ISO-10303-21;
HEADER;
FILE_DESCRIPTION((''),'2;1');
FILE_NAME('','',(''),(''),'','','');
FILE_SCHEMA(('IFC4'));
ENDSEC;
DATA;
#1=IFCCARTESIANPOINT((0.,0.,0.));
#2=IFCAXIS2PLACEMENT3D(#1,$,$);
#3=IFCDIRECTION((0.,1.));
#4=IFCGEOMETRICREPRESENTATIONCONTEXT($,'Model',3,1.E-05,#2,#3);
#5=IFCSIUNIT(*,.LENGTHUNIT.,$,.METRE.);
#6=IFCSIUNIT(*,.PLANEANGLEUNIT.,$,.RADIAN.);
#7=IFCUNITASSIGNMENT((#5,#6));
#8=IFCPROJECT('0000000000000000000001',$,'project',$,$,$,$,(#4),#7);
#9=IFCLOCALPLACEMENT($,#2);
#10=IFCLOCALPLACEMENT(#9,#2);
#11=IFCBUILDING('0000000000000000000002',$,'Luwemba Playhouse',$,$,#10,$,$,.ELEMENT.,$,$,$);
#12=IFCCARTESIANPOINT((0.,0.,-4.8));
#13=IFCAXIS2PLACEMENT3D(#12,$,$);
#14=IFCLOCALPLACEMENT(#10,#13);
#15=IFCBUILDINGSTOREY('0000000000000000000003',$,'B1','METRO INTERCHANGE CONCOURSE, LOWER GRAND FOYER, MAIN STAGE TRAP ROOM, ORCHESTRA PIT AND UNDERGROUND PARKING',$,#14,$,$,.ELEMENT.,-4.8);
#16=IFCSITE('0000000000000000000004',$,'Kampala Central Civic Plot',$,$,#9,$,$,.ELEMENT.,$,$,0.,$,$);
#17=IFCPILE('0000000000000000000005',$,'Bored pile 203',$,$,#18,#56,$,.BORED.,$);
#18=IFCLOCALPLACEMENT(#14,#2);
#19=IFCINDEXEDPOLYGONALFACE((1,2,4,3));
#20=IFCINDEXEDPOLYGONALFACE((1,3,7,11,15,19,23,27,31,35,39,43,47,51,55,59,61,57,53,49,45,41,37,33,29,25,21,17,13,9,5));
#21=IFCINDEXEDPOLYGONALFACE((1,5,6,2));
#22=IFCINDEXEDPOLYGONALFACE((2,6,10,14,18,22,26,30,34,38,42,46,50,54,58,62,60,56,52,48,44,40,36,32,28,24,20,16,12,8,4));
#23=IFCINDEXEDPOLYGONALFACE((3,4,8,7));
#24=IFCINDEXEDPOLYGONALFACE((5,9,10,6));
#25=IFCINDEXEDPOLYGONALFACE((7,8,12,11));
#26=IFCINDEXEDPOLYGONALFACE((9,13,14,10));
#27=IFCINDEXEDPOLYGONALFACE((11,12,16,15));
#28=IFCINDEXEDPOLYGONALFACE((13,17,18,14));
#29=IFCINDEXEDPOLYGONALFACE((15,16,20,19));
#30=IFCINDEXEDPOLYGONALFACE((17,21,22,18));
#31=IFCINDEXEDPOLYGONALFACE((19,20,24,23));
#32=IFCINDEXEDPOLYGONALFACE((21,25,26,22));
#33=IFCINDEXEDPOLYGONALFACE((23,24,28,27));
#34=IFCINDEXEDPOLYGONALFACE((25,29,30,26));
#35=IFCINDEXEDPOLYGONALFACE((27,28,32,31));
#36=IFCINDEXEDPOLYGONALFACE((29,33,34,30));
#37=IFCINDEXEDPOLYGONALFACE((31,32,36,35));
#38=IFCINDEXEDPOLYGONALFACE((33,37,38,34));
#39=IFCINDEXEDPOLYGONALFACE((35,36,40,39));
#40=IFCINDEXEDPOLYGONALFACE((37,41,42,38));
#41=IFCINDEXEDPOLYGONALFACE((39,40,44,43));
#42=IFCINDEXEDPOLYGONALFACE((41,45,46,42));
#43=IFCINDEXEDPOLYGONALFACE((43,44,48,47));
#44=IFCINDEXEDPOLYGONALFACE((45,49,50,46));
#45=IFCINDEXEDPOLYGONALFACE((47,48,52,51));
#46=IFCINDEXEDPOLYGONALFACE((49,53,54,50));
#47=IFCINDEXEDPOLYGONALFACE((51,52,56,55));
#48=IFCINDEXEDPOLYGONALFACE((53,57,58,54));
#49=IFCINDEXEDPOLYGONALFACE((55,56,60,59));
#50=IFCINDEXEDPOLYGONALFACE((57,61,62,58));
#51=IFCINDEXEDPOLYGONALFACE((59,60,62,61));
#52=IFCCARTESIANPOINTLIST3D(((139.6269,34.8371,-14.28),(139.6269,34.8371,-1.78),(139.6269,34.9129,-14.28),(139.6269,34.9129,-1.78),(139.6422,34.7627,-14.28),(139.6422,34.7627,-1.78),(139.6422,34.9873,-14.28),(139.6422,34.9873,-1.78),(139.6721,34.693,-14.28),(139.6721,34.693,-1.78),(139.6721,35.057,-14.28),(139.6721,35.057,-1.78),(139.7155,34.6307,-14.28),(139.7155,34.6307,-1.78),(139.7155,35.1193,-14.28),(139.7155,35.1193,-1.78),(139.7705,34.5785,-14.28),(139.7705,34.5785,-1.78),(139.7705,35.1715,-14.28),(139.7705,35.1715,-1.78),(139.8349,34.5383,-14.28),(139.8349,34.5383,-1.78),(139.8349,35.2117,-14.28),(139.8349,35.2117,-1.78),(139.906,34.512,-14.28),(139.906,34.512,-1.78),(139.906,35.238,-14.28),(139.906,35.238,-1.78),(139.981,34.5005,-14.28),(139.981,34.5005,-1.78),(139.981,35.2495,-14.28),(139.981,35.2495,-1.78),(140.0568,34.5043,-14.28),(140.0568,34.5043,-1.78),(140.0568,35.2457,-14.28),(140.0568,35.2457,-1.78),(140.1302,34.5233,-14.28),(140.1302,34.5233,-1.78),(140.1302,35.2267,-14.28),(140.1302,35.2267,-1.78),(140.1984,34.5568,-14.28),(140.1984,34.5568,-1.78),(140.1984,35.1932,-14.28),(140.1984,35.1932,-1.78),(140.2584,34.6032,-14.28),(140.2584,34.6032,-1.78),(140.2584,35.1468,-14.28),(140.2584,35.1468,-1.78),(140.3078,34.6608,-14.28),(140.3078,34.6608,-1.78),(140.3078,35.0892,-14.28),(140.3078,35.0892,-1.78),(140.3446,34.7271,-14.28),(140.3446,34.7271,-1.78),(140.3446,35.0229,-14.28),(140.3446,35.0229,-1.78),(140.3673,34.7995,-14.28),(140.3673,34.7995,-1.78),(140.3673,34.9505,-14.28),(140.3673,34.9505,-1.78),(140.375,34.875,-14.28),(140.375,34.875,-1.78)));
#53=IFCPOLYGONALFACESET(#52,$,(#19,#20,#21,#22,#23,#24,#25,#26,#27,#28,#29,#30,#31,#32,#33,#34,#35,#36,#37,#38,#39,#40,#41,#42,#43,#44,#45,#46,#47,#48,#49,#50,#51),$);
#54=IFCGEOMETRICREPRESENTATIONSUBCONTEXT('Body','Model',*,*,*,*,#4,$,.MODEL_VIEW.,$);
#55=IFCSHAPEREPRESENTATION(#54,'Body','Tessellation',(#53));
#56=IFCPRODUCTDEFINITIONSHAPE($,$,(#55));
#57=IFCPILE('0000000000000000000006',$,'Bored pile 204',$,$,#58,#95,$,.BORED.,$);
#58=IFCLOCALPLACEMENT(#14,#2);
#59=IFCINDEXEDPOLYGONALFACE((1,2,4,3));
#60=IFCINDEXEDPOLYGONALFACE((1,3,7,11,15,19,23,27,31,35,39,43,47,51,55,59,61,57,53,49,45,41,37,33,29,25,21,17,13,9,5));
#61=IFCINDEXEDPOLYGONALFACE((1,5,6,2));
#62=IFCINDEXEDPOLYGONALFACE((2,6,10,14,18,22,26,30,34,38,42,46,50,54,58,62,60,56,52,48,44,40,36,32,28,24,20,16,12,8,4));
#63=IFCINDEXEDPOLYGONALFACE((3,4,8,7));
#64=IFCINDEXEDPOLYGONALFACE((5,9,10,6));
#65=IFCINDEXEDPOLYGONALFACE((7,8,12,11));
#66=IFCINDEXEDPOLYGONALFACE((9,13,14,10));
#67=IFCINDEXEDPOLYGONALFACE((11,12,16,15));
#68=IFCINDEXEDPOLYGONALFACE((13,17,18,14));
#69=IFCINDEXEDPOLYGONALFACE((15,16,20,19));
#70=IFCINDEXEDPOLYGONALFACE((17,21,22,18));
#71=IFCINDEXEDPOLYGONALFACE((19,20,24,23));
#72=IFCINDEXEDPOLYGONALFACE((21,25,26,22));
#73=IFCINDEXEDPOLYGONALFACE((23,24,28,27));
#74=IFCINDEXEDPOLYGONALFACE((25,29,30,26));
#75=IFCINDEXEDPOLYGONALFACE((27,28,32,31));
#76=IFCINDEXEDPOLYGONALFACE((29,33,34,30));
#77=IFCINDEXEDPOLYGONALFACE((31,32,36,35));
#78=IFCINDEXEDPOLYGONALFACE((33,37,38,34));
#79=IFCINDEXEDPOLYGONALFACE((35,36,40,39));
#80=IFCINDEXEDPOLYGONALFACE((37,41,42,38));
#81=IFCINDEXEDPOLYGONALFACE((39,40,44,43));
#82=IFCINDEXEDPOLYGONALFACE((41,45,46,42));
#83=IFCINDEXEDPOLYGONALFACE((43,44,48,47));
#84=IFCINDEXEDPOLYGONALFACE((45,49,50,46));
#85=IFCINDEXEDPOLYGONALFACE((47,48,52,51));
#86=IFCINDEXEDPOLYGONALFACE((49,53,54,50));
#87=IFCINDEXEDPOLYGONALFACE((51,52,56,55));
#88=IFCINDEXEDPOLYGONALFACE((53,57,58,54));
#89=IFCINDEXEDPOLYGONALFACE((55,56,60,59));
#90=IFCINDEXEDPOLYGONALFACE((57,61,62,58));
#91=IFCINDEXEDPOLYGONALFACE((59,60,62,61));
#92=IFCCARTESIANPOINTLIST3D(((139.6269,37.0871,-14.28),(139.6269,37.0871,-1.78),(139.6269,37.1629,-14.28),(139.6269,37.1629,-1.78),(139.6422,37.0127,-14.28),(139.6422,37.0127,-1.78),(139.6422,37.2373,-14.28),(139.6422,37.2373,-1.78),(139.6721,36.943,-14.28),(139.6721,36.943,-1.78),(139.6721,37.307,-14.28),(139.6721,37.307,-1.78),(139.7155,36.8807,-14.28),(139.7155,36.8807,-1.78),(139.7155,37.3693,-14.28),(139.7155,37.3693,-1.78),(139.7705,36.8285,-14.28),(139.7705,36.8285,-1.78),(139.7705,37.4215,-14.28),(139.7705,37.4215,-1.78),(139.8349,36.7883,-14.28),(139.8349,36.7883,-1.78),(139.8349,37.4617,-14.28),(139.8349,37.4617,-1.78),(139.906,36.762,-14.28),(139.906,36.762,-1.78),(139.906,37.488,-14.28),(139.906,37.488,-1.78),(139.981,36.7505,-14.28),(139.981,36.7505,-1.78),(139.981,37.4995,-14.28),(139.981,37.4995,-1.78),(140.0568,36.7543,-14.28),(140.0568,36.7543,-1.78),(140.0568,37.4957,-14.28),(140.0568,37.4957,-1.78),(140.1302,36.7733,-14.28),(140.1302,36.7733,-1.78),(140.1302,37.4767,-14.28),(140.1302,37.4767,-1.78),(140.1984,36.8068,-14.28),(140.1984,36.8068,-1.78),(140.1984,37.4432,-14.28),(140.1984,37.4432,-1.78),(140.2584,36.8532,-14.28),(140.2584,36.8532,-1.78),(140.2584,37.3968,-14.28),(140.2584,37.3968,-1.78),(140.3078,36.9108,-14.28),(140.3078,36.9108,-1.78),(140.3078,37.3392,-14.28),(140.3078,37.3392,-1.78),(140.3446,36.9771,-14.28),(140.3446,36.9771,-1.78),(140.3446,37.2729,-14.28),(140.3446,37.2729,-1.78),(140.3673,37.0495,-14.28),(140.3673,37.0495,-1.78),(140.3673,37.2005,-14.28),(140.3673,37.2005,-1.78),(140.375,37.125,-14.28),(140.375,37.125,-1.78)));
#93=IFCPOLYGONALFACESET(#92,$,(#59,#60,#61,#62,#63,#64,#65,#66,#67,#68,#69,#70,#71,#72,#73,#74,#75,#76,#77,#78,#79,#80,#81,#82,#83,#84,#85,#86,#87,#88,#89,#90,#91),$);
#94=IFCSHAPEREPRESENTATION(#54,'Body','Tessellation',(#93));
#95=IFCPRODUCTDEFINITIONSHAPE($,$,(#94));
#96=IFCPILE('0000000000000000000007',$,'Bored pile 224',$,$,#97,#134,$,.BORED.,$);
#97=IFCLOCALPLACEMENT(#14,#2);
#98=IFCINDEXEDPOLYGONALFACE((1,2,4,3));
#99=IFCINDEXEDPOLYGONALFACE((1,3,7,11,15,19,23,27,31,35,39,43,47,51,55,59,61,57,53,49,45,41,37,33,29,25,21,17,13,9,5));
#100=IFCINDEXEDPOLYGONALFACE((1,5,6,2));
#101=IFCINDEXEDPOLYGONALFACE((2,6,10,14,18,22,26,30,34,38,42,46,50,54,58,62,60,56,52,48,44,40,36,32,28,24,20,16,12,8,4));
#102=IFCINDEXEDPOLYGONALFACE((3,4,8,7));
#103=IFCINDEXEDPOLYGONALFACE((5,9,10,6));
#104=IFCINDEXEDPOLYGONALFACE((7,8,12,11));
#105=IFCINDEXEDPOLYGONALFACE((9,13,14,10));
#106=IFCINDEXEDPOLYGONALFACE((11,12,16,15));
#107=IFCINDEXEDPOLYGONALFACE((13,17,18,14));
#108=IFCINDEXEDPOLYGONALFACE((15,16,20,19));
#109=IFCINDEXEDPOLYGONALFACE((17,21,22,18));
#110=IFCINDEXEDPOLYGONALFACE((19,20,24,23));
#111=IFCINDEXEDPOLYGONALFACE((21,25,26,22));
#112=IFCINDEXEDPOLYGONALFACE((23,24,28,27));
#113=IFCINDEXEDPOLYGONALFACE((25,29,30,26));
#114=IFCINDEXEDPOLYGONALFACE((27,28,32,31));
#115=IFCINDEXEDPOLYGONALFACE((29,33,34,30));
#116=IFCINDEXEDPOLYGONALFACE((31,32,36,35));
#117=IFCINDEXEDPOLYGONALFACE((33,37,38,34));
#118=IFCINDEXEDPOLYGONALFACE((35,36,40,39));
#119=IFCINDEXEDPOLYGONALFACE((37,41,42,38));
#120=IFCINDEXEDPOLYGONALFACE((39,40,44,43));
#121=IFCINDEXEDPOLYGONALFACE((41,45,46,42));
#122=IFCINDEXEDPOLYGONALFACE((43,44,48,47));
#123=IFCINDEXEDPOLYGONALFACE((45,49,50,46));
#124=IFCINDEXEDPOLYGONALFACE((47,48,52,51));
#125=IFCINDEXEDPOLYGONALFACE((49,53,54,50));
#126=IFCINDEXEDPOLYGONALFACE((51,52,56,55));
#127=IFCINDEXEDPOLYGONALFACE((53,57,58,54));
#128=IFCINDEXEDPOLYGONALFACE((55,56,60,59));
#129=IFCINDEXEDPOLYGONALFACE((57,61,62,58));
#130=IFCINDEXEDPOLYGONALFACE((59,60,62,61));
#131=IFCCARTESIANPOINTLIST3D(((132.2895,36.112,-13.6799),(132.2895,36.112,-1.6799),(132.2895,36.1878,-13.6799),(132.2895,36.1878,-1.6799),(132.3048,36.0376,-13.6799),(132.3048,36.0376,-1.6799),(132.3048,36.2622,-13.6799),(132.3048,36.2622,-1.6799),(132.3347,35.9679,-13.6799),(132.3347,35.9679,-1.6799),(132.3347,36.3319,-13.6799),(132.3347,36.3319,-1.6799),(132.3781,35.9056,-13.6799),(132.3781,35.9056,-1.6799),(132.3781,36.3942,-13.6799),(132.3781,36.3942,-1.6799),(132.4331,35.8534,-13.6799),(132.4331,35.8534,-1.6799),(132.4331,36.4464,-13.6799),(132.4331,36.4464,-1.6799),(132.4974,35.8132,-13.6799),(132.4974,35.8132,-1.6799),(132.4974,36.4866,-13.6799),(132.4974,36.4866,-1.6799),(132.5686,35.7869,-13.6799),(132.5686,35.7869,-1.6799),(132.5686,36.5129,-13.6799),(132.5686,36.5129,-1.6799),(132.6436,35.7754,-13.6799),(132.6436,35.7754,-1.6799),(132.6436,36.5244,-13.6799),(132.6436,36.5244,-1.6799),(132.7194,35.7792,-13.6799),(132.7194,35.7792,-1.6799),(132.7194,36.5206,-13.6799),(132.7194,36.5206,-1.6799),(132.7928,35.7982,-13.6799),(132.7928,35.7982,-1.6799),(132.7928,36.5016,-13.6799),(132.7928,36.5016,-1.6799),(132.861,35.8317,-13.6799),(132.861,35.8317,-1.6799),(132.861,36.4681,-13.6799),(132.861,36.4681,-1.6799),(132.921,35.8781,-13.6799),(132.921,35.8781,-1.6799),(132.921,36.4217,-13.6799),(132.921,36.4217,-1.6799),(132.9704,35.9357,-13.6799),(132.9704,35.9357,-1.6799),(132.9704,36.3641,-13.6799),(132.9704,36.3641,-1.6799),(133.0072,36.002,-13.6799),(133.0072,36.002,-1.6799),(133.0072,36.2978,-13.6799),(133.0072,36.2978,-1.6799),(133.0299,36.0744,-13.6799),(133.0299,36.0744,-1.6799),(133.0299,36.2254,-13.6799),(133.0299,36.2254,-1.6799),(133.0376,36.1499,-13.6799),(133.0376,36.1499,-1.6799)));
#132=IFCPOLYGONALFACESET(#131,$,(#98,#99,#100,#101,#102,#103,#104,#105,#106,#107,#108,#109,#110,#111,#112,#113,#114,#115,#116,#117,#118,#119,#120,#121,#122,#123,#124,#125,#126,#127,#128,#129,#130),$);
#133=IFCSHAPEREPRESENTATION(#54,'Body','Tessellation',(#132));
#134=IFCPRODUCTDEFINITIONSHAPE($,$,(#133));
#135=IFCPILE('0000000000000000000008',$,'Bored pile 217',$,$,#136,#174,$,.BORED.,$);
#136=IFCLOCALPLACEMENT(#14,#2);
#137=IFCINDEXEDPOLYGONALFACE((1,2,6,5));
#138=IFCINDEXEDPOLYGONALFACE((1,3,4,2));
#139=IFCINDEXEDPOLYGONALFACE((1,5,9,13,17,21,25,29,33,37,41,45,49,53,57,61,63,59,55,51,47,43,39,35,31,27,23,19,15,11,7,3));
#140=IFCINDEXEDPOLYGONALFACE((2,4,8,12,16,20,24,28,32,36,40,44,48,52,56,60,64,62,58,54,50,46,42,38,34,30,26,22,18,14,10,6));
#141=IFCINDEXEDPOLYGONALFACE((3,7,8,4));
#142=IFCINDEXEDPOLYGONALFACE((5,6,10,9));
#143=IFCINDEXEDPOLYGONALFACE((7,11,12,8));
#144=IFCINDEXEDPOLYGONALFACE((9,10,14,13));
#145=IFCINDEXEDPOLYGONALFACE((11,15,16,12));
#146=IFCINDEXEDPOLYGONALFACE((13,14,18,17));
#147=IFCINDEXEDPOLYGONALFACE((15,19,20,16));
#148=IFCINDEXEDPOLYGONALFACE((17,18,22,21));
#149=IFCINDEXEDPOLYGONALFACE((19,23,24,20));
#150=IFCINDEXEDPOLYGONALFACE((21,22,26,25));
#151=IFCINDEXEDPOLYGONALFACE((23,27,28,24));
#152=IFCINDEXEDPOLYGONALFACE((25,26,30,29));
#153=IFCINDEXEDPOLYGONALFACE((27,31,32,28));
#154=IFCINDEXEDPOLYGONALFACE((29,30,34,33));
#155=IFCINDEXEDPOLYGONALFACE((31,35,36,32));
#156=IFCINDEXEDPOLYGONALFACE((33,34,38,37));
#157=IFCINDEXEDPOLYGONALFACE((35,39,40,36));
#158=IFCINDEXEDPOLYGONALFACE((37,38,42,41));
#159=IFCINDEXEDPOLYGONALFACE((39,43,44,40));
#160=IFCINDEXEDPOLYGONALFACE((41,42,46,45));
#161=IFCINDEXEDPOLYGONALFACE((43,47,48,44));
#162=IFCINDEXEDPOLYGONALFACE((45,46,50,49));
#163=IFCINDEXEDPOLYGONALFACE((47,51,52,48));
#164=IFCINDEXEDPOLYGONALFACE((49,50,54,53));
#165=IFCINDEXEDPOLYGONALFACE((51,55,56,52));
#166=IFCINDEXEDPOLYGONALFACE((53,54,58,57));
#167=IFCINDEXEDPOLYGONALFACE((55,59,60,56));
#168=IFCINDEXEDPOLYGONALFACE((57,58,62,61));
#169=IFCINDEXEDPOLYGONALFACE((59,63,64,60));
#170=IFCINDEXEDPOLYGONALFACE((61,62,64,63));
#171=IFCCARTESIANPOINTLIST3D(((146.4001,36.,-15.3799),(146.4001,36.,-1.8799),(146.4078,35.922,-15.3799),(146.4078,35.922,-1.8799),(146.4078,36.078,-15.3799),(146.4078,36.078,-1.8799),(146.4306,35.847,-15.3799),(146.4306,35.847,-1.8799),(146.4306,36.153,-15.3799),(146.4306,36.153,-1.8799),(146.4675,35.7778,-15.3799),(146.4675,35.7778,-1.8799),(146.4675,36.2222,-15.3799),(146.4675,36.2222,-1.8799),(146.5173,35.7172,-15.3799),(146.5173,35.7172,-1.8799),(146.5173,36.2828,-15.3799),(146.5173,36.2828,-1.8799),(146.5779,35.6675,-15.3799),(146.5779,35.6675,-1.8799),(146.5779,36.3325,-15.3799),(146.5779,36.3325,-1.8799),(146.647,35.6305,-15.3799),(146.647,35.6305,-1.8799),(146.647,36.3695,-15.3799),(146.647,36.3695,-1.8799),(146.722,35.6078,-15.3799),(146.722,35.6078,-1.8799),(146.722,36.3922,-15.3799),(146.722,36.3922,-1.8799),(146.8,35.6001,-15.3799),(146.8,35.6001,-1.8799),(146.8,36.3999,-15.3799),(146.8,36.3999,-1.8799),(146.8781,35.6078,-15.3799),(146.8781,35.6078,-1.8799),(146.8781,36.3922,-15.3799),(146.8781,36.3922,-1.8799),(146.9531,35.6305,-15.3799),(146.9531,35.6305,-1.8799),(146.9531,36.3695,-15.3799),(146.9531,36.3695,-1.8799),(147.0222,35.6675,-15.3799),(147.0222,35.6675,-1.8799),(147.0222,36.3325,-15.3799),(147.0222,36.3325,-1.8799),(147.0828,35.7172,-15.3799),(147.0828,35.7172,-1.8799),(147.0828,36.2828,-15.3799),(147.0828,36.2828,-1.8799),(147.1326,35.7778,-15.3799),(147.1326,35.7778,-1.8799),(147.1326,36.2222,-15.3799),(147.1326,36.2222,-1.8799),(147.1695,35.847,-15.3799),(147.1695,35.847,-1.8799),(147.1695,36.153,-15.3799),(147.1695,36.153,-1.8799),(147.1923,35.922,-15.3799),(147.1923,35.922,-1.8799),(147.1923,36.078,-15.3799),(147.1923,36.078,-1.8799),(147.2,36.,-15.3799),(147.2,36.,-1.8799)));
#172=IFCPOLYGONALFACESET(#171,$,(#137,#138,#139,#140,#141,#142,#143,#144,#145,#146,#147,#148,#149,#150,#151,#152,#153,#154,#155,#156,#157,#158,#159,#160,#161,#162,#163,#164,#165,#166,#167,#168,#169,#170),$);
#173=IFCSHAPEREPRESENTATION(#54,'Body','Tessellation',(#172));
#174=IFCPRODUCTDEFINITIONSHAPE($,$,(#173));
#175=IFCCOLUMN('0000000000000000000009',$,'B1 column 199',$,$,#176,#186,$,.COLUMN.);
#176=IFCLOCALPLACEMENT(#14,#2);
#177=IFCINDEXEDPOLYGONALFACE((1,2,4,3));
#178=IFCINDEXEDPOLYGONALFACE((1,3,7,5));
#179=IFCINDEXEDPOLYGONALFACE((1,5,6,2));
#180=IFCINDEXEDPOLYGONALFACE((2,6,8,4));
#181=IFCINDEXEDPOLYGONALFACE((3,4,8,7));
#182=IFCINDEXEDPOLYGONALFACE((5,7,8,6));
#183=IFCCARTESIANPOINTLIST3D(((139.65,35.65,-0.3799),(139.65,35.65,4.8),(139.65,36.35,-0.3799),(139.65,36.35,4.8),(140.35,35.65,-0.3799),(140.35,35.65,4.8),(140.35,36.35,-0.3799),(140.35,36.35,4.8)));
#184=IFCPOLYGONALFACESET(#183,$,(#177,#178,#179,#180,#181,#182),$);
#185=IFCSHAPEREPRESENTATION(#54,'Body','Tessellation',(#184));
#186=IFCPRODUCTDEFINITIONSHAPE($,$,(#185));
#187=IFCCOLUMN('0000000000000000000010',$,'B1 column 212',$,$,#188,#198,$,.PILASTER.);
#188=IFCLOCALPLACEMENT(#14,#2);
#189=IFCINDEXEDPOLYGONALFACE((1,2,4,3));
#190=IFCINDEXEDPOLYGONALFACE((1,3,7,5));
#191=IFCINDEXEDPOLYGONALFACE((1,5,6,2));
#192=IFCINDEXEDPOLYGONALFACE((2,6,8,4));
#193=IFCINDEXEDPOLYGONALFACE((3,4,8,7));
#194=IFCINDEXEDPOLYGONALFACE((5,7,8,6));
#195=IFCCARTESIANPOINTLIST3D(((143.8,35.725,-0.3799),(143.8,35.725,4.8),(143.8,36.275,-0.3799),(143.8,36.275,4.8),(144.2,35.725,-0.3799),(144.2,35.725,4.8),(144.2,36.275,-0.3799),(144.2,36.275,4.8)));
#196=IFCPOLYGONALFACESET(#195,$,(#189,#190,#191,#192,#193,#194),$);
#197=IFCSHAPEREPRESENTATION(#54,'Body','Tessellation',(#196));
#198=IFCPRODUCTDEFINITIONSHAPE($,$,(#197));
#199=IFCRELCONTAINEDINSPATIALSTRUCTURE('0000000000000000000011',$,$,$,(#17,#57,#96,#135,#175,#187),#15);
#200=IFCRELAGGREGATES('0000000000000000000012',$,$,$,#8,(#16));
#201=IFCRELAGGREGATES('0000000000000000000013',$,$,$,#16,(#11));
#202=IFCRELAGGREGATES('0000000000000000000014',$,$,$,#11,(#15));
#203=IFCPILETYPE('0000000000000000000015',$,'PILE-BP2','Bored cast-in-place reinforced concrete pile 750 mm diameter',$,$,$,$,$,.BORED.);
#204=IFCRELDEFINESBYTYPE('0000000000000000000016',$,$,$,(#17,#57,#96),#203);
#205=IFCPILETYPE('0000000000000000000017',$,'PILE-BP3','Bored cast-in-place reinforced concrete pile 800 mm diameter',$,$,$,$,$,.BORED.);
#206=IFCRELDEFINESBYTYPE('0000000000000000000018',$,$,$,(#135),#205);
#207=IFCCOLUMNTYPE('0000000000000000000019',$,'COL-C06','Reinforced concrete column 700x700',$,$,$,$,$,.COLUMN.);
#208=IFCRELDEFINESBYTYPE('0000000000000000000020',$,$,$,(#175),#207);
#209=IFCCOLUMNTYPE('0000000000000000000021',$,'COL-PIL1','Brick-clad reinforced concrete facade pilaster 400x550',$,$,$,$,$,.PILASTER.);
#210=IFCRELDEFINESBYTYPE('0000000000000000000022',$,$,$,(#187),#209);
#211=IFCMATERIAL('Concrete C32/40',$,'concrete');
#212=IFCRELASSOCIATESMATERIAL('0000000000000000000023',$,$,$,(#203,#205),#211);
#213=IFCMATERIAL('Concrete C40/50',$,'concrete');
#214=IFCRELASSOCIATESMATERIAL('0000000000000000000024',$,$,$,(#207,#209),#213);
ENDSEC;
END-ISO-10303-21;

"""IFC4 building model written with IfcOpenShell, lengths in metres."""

from ifc_helpers import new_model, si_unit, direction, frame, origin, origin_2d, place, context, subcontext, project, spatial, rectangle, circle, extrude, material, material_profile, profile_set, type_object, element, save


model = new_model("IFC4")

# Units and contexts
model_context = context("Model", 3, precision=1e-05, world=origin(), true_north=direction((0.0, 1.0)))
body_context = subcontext(model_context, "Body", "Model", "MODEL_VIEW")
ifc_project = project(units=[si_unit("LENGTHUNIT", "METRE"), si_unit("PLANEANGLEUNIT", "RADIAN")], contexts=[model_context])

# Site, building, storey
site_placement = place(None, origin())
site = spatial("IfcSite", under=ifc_project, at=site_placement, Name="Kampala Central Civic Plot", CompositionType="ELEMENT", RefElevation=0.0)
building_placement = place(site_placement, origin())
building = spatial("IfcBuilding", under=site, at=building_placement, Name="Luwemba Playhouse", CompositionType="ELEMENT")
storey_placement = place(building_placement, frame((0.0, 0.0, -4.8)))
storey = spatial("IfcBuildingStorey", under=building, at=storey_placement, Name="B1", Description="METRO INTERCHANGE CONCOURSE, LOWER GRAND FOYER, MAIN STAGE TRAP ROOM, ORCHESTRA PIT AND UNDERGROUND PARKING", CompositionType="ELEMENT", Elevation=-4.8)

# Shared definitions
ifc_material_1 = material(Name="Concrete C32/40", Category="concrete")

# Piles
ifc_material_profile_1 = material_profile(ifc_material_1, circle(Radius=0.375, at=origin_2d()))
ifc_profile_set_1 = profile_set([ifc_material_profile_1], Name="Concrete C32/40")
pile_type_1 = type_object("IfcPileType", Name="PILE-BP2", Description="Bored cast-in-place reinforced concrete pile 750 mm diameter", PredefinedType="BORED", material=ifc_profile_set_1)
for number, where, z_axis, x_axis, name in (
    (1, (140.0, 34.875, -1.78), (0.0, 0.0, -1.0), (1.0, 0.0, 0.0), "Bored pile 203"),
    (2, (140.0, 37.125, -1.78), (0.0, 0.0, -1.0), (1.0, 0.0, 0.0), "Bored pile 204"),
):
    element("IfcPile", number, at=place(storey_placement, frame(where, z_axis=z_axis, x_axis=x_axis)), inside=storey, type_object=pile_type_1, Name=name, PredefinedType="BORED", context=body_context, shape_type="SweptSolid", body=[
        extrude(circle(Radius=0.375, at=origin_2d()), origin(), (0.0, 0.0, 1.0), 12.5),
    ])
pile_1_placement = place(storey_placement, frame((132.6626, 36.1499, -1.6799), z_axis=(0.0, 0.0, -1.0), x_axis=(1.0, 0.0, 0.0)))
element("IfcPile", 3, at=pile_1_placement, inside=storey, type_object=pile_type_1, Name="Bored pile 224", PredefinedType="BORED", context=body_context, shape_type="SweptSolid", body=[
    extrude(circle(Radius=0.375, at=origin_2d()), origin(), (0.0, 0.0, 1.0), 12.0),
])
ifc_material_profile_2 = material_profile(ifc_material_1, circle(Radius=0.3999, at=origin_2d()))
ifc_profile_set_2 = profile_set([ifc_material_profile_2], Name="Concrete C32/40")
pile_type_2 = type_object("IfcPileType", Name="PILE-BP3", Description="Bored cast-in-place reinforced concrete pile 800 mm diameter", PredefinedType="BORED", material=ifc_profile_set_2)
pile_2_placement = place(storey_placement, frame((146.8, 36.0, -1.8799), z_axis=(0.0, 0.0, -1.0), x_axis=(1.0, 0.0, 0.0)))
element("IfcPile", 4, at=pile_2_placement, inside=storey, type_object=pile_type_2, Name="Bored pile 217", PredefinedType="BORED", context=body_context, shape_type="SweptSolid", body=[
    extrude(circle(Radius=0.3999, at=origin_2d()), origin(), (0.0, 0.0, 1.0), 13.5),
])

# Columns
ifc_material_2 = material(Name="Concrete C40/50", Category="concrete")
ifc_material_profile_3 = material_profile(ifc_material_2, rectangle(XDim=0.7, YDim=0.7, at=origin_2d()))
ifc_profile_set_3 = profile_set([ifc_material_profile_3], Name="Concrete C40/50")
column_type_1 = type_object("IfcColumnType", Name="COL-C06", Description="Reinforced concrete column 700x700", PredefinedType="COLUMN", material=ifc_profile_set_3)
column_1_placement = place(storey_placement, frame((140.0, 36.0, -0.3799), z_axis=(0.0, 0.0, 1.0), x_axis=(1.0, 0.0, 0.0)))
element("IfcColumn", 5, at=column_1_placement, inside=storey, type_object=column_type_1, Name="B1 column 199", PredefinedType="COLUMN", context=body_context, shape_type="SweptSolid", body=[
    extrude(rectangle(XDim=0.7, YDim=0.7, at=origin_2d()), origin(), (0.0, 0.0, 1.0), 5.1799),
])
ifc_material_profile_4 = material_profile(ifc_material_2, rectangle(XDim=0.3999, YDim=0.55, at=origin_2d()))
ifc_profile_set_4 = profile_set([ifc_material_profile_4], Name="Concrete C40/50")
column_type_2 = type_object("IfcColumnType", Name="COL-PIL1", Description="Brick-clad reinforced concrete facade pilaster 400x550", PredefinedType="PILASTER", material=ifc_profile_set_4)
column_2_placement = place(storey_placement, frame((144.0, 36.0, -0.3799), z_axis=(0.0, 0.0, 1.0), x_axis=(1.0, 0.0, 0.0)))
element("IfcColumn", 6, at=column_2_placement, inside=storey, type_object=column_type_2, Name="B1 column 212", PredefinedType="PILASTER", context=body_context, shape_type="SweptSolid", body=[
    extrude(rectangle(XDim=0.3999, YDim=0.55, at=origin_2d()), origin(), (0.0, 0.0, 1.0), 5.1799),
])

save(model, "model.ifc")
